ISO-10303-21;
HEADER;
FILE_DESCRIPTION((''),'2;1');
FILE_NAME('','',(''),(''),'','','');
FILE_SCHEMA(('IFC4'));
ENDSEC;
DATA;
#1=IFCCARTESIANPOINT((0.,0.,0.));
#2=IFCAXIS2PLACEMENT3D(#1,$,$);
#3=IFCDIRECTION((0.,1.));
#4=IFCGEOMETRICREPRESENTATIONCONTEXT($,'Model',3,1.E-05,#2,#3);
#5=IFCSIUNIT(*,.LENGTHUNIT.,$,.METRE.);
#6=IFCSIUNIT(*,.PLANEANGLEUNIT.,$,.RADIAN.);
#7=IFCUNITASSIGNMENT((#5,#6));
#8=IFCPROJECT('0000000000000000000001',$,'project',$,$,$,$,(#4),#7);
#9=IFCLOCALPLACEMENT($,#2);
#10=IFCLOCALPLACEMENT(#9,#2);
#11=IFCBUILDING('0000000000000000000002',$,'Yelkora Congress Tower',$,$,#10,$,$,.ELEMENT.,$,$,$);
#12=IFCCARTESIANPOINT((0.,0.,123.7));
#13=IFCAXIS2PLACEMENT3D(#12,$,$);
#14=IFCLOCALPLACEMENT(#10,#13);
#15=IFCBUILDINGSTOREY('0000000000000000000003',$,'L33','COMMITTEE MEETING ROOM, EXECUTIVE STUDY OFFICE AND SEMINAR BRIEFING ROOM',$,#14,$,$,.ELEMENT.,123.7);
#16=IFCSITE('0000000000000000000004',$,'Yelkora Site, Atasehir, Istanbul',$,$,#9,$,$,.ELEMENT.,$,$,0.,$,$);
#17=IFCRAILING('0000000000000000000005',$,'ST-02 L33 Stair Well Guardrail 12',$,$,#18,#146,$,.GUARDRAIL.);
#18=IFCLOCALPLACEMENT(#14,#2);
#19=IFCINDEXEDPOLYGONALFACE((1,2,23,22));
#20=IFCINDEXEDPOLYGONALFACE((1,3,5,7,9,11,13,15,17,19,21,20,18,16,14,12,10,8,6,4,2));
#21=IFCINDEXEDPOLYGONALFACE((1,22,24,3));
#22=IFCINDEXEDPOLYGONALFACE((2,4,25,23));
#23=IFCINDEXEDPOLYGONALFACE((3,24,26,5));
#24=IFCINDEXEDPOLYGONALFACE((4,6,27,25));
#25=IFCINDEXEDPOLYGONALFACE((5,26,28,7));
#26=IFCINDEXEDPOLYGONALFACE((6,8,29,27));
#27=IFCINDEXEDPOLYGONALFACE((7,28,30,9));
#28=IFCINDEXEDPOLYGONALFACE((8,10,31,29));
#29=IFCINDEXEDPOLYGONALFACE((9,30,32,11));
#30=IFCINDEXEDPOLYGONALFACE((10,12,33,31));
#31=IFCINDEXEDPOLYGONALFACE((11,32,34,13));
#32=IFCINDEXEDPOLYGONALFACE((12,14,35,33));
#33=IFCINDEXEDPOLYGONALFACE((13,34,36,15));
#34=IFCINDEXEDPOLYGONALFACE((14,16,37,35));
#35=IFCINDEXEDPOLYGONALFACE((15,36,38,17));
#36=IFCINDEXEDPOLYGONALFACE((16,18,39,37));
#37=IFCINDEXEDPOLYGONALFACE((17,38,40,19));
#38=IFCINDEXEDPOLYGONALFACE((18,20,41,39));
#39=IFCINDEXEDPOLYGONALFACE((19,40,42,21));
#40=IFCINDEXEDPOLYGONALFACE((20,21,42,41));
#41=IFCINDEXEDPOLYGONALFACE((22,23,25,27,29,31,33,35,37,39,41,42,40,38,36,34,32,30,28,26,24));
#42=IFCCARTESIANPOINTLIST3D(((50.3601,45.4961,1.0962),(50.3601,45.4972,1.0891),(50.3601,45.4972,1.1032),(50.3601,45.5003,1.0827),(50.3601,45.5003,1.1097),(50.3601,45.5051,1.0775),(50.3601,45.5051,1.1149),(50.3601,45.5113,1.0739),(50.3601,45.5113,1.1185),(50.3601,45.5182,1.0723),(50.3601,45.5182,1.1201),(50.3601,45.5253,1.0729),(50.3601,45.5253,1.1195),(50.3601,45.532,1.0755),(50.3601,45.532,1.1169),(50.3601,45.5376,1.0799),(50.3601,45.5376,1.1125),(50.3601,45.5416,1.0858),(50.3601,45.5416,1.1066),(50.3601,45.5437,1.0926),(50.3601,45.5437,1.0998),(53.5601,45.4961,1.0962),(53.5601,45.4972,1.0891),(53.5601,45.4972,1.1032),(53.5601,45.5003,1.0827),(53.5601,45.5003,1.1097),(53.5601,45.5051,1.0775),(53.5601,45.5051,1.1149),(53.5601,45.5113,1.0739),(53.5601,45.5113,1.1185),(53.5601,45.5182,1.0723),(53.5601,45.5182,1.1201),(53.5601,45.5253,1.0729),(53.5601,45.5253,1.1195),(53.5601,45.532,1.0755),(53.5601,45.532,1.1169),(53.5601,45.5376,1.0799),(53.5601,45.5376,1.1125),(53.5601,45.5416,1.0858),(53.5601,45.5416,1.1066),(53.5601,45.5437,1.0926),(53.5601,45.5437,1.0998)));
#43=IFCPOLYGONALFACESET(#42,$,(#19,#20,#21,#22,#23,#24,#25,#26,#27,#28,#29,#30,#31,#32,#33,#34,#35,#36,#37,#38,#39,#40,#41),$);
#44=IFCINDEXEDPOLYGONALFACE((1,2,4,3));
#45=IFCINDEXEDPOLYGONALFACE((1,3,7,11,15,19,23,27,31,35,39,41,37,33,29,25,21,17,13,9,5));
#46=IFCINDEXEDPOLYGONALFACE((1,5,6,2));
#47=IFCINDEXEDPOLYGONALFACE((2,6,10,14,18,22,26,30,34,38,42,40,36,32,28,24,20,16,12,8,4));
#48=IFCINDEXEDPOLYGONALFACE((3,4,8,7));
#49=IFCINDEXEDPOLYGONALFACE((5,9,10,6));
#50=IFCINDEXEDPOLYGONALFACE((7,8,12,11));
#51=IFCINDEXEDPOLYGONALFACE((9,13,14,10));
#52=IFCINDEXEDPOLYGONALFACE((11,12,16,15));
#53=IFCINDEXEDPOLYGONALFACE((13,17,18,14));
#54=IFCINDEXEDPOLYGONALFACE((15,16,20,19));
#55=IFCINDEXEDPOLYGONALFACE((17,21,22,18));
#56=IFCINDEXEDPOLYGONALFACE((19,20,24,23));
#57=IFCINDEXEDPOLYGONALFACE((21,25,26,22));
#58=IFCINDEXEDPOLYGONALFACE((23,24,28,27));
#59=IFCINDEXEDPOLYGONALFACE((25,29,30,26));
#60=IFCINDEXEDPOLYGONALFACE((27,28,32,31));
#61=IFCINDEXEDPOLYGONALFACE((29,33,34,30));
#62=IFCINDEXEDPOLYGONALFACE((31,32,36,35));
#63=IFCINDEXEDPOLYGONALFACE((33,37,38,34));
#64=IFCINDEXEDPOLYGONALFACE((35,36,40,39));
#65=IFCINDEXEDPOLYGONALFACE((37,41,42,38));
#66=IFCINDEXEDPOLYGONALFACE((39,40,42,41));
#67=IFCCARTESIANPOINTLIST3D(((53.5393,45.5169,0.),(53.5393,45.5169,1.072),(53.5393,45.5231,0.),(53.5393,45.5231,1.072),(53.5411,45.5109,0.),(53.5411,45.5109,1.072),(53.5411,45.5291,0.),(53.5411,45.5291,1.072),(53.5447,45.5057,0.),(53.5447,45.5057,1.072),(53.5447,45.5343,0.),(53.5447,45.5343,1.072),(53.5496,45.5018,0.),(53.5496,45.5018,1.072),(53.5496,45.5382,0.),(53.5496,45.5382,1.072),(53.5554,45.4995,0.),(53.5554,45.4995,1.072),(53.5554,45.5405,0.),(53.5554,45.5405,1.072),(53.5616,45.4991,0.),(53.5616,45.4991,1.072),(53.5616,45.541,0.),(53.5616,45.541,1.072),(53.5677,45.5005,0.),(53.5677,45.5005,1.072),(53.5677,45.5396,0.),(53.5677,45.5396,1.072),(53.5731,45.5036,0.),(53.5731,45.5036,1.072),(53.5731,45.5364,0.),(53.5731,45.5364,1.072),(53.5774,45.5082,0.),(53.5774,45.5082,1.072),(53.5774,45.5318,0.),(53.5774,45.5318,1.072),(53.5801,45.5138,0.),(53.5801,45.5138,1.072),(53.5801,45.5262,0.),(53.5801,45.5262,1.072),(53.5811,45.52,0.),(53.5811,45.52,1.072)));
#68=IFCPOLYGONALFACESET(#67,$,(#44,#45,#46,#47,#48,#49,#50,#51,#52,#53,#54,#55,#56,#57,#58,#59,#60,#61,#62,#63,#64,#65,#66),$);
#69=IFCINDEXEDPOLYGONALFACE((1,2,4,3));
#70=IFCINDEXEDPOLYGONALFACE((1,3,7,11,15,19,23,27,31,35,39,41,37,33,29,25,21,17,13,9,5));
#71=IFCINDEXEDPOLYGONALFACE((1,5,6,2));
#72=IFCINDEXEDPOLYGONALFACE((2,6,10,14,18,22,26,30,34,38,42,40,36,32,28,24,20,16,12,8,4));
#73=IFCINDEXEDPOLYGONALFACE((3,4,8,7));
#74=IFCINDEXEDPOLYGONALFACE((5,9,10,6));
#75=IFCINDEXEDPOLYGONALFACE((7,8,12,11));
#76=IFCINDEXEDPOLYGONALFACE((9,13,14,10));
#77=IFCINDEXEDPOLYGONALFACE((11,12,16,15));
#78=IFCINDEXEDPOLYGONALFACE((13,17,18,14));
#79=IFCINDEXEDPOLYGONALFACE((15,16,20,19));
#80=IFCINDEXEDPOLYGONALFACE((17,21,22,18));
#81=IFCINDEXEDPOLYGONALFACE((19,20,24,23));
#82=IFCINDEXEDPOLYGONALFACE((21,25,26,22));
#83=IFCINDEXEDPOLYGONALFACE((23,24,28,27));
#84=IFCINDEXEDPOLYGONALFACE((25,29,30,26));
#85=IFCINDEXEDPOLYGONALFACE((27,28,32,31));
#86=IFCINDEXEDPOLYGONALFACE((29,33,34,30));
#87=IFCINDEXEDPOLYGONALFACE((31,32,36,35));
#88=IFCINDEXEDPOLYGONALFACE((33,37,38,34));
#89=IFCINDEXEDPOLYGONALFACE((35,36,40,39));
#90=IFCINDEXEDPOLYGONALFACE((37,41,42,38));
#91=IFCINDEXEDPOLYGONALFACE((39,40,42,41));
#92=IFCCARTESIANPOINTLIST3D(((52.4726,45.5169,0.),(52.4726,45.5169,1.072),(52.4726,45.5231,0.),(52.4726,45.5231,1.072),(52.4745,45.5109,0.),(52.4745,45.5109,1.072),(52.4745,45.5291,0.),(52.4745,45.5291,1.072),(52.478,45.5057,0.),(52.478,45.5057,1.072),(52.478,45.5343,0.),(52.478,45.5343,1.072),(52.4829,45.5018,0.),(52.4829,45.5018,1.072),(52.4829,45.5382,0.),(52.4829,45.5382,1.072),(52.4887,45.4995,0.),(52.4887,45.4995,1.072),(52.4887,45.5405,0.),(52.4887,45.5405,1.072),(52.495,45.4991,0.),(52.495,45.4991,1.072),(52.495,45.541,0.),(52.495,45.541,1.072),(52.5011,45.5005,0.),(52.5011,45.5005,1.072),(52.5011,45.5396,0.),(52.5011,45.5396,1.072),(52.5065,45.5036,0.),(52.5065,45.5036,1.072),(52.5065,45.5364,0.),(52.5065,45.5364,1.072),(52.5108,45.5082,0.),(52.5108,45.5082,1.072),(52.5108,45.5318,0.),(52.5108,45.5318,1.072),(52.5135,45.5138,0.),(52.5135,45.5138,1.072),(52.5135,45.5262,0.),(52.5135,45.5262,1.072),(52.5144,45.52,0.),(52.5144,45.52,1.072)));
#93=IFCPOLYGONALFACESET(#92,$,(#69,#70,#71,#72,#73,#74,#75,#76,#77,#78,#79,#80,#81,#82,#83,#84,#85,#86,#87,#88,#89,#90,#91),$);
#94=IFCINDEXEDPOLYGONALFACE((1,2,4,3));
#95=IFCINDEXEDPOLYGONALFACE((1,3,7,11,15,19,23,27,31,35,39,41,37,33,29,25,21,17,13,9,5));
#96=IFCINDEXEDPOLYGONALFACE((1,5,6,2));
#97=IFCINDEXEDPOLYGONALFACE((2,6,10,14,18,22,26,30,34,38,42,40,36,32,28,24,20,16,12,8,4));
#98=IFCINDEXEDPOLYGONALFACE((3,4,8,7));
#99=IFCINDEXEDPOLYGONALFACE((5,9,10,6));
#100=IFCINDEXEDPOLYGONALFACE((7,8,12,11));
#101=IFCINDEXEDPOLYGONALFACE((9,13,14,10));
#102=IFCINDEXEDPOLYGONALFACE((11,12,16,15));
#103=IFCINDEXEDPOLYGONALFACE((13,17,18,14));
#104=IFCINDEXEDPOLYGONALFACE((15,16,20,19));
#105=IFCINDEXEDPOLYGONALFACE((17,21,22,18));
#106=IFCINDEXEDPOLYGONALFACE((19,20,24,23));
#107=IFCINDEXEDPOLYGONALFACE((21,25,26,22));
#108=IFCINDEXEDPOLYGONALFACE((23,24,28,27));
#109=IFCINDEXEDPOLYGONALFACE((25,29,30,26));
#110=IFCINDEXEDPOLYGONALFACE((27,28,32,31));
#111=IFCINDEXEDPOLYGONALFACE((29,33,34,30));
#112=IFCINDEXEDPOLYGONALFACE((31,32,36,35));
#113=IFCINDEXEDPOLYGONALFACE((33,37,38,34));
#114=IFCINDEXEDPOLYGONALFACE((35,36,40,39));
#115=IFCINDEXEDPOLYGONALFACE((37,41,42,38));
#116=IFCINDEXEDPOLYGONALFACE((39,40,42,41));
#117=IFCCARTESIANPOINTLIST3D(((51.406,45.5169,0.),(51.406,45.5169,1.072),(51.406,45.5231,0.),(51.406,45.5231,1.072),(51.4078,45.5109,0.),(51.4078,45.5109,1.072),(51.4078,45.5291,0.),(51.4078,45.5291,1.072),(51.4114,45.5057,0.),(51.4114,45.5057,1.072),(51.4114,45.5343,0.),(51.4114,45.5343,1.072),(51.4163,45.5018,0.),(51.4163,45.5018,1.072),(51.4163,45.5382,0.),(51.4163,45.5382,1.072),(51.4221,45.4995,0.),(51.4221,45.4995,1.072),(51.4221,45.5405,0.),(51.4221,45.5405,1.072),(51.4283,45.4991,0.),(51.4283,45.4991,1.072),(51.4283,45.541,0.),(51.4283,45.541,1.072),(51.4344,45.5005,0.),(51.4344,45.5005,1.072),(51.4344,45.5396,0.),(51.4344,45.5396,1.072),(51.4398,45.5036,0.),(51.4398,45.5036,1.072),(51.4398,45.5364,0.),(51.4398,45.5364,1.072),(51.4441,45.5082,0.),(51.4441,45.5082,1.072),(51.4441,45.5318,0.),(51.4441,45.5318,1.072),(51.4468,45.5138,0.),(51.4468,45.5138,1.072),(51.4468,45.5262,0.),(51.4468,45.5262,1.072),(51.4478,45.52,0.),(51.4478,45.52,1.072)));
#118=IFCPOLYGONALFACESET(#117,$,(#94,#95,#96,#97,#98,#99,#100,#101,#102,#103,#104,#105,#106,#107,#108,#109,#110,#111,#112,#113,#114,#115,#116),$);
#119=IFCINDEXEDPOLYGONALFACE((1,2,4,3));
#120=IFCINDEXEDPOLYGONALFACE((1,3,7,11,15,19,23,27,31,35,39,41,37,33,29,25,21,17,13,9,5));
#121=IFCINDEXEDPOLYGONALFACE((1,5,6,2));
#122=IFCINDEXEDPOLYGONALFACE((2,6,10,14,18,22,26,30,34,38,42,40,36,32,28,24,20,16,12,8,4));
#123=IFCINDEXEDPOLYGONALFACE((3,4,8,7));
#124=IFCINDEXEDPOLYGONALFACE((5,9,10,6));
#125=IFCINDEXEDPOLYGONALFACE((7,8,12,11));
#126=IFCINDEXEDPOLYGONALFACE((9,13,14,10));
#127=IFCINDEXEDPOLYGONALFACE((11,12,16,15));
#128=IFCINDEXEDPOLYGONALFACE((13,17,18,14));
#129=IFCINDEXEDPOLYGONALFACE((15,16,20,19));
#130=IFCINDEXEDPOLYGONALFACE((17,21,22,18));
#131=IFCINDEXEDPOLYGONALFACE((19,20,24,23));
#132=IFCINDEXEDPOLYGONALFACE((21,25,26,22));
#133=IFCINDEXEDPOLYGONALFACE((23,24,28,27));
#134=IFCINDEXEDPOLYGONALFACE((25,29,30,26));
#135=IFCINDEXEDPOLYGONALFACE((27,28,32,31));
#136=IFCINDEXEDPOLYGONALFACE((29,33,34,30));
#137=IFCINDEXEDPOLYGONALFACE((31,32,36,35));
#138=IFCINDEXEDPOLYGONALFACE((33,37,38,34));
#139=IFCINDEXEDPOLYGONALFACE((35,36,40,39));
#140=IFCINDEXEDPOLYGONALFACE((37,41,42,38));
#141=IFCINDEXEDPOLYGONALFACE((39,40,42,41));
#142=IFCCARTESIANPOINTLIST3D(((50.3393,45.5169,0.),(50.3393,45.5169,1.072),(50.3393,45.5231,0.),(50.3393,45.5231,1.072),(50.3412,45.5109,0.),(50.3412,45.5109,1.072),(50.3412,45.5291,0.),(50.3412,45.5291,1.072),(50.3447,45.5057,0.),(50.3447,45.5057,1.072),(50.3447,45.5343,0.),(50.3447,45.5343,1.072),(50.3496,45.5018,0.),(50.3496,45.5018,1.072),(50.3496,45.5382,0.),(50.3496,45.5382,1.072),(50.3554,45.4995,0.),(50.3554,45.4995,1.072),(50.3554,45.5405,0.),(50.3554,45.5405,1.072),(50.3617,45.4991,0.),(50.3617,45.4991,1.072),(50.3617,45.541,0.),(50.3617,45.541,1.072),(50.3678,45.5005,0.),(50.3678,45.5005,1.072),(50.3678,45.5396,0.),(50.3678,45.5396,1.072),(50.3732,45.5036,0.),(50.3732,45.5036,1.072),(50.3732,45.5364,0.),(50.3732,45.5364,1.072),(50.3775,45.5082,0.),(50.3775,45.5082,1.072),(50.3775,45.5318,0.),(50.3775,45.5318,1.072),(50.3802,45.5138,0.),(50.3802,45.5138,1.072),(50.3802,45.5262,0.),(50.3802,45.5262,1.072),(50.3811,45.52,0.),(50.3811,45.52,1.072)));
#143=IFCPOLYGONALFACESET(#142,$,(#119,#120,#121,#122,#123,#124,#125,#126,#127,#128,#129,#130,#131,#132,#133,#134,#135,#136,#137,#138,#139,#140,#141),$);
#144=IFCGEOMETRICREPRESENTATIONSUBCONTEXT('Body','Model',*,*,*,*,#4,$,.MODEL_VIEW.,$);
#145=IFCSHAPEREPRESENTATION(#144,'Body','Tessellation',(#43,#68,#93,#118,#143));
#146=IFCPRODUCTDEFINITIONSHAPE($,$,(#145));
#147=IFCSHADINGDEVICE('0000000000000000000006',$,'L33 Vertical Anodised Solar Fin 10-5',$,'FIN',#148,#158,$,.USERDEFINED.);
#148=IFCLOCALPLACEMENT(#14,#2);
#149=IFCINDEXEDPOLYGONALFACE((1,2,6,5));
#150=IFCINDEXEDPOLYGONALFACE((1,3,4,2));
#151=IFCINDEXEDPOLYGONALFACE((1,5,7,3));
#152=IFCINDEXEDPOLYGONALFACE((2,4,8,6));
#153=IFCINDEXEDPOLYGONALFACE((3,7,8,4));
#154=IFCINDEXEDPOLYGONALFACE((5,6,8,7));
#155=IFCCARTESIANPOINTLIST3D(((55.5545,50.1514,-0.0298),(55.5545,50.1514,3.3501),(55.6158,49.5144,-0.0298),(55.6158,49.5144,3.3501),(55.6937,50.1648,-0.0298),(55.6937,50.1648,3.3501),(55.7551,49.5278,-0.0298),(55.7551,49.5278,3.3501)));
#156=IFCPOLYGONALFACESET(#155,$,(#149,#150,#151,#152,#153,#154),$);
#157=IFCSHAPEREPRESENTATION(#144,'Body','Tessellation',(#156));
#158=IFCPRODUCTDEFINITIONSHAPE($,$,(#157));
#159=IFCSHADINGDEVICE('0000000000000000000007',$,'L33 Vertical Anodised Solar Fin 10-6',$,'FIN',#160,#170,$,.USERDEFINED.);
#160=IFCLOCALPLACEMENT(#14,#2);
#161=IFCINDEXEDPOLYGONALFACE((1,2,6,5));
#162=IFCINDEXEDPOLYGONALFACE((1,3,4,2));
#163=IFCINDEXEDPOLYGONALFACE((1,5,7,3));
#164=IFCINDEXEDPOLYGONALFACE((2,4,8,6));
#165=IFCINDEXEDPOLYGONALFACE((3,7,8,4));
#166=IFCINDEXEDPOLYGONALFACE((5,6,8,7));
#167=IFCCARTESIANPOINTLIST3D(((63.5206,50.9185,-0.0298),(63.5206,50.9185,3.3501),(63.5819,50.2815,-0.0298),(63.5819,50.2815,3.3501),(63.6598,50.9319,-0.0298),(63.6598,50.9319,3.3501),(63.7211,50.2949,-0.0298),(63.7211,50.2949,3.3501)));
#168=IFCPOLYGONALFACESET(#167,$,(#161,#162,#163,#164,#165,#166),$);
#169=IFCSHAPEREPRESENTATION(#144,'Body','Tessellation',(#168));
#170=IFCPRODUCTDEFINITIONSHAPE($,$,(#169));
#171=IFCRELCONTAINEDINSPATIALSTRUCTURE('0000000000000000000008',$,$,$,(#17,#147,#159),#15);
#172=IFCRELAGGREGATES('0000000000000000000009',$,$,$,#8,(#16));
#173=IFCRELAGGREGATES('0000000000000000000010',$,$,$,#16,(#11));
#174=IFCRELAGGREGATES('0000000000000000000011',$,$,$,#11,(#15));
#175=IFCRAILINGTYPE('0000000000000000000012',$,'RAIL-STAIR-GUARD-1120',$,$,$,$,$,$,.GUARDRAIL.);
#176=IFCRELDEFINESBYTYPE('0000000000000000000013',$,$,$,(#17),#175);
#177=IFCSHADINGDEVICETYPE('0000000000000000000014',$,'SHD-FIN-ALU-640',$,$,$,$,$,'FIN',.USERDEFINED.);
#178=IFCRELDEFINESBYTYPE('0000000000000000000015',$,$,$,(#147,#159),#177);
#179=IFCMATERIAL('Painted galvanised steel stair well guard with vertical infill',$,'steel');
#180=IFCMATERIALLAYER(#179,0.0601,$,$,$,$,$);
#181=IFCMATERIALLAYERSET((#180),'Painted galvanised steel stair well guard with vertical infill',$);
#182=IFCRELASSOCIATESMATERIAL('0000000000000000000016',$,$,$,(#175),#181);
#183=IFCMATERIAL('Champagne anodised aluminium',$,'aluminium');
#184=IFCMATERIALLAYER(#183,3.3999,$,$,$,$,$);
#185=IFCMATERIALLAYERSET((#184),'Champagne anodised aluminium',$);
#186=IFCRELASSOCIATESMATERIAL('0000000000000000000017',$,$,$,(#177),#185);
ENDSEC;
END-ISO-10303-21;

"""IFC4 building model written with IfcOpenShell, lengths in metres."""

from ifc_helpers import new_model, si_unit, direction, frame, origin, origin_2d, place, context, subcontext, project, spatial, rectangle, circle, extrude, material, layer, layer_set, type_object, element, save


model = new_model("IFC4")

# Units and contexts
model_context = context("Model", 3, precision=1e-05, world=origin(), true_north=direction((0.0, 1.0)))
body_context = subcontext(model_context, "Body", "Model", "MODEL_VIEW")
ifc_project = project(units=[si_unit("LENGTHUNIT", "METRE"), si_unit("PLANEANGLEUNIT", "RADIAN")], contexts=[model_context])

# Site, building, storey
site_placement = place(None, origin())
site = spatial("IfcSite", under=ifc_project, at=site_placement, Name="Yelkora Site, Atasehir, Istanbul", CompositionType="ELEMENT", RefElevation=0.0)
building_placement = place(site_placement, origin())
building = spatial("IfcBuilding", under=site, at=building_placement, Name="Yelkora Congress Tower", CompositionType="ELEMENT")
storey_placement = place(building_placement, frame((0.0, 0.0, 123.7)))
storey = spatial("IfcBuildingStorey", under=building, at=storey_placement, Name="L33", Description="COMMITTEE MEETING ROOM, EXECUTIVE STUDY OFFICE AND SEMINAR BRIEFING ROOM", CompositionType="ELEMENT", Elevation=123.7)

# Railing
ifc_material_1 = material(Name="Painted galvanised steel stair well guard with vertical infill", Category="steel")
ifc_layer_1 = layer(ifc_material_1, 0.0601)
ifc_layer_set_1 = layer_set([ifc_layer_1], Name="Painted galvanised steel stair well guard with vertical infill")
railing_type = type_object("IfcRailingType", Name="RAIL-STAIR-GUARD-1120", PredefinedType="GUARDRAIL", material=ifc_layer_set_1)
railing_1_placement = place(storey_placement, frame((53.5601, 45.52, 0.0)))
element("IfcRailing", 1, at=railing_1_placement, inside=storey, type_object=railing_type, Name="ST-02 L33 Stair Well Guardrail 12", PredefinedType="GUARDRAIL", context=body_context, shape_type="SweptSolid", body=[
    extrude(circle(Radius=0.0239, at=origin_2d()), frame((0.0, 0.0, 1.0962), z_axis=(-1.0, 0.0, 0.0), x_axis=(0.0, -1.0, 0.0)), (0.0, 0.0, 1.0), 3.2),
    extrude(circle(Radius=0.021, at=origin_2d()), origin(), (0.0, 0.0, 1.0), 1.072),
    extrude(circle(Radius=0.021, at=origin_2d()), frame((-1.0667, 0.0, 0.0)), (0.0, 0.0, 1.0), 1.072),
    extrude(circle(Radius=0.021, at=origin_2d()), frame((-2.1333, 0.0, 0.0)), (0.0, 0.0, 1.0), 1.072),
    extrude(circle(Radius=0.021, at=origin_2d()), frame((-3.2, 0.0, 0.0)), (0.0, 0.0, 1.0), 1.072),
])

# Shading devices
ifc_material_2 = material(Name="Champagne anodised aluminium", Category="aluminium")
ifc_layer_2 = layer(ifc_material_2, 3.3999)
ifc_layer_set_2 = layer_set([ifc_layer_2], Name="Champagne anodised aluminium")
shading_device_type = type_object("IfcShadingDeviceType", Name="SHD-FIN-ALU-640", ElementType="FIN", PredefinedType="USERDEFINED", material=ifc_layer_set_2)
for number, where, z_axis, x_axis, name in (
    (2, (55.6548, 49.8396, -0.0298), (0.0, 0.0, 1.0), (0.995396, 0.095846, 0.0), "L33 Vertical Anodised Solar Fin 10-5"),
    (3, (63.6208, 50.6067, -0.0298), (0.0, 0.0, 1.0), (0.995396, 0.095846, 0.0), "L33 Vertical Anodised Solar Fin 10-6"),
):
    element("IfcShadingDevice", number, at=place(storey_placement, frame(where, z_axis=z_axis, x_axis=x_axis)), inside=storey, type_object=shading_device_type, Name=name, ObjectType="FIN", PredefinedType="USERDEFINED", context=body_context, shape_type="SweptSolid", body=[
        extrude(rectangle(XDim=0.1399, YDim=0.6399, at=origin_2d()), origin(), (0.0, 0.0, 1.0), 3.3799),
    ])

save(model, "model.ifc")
